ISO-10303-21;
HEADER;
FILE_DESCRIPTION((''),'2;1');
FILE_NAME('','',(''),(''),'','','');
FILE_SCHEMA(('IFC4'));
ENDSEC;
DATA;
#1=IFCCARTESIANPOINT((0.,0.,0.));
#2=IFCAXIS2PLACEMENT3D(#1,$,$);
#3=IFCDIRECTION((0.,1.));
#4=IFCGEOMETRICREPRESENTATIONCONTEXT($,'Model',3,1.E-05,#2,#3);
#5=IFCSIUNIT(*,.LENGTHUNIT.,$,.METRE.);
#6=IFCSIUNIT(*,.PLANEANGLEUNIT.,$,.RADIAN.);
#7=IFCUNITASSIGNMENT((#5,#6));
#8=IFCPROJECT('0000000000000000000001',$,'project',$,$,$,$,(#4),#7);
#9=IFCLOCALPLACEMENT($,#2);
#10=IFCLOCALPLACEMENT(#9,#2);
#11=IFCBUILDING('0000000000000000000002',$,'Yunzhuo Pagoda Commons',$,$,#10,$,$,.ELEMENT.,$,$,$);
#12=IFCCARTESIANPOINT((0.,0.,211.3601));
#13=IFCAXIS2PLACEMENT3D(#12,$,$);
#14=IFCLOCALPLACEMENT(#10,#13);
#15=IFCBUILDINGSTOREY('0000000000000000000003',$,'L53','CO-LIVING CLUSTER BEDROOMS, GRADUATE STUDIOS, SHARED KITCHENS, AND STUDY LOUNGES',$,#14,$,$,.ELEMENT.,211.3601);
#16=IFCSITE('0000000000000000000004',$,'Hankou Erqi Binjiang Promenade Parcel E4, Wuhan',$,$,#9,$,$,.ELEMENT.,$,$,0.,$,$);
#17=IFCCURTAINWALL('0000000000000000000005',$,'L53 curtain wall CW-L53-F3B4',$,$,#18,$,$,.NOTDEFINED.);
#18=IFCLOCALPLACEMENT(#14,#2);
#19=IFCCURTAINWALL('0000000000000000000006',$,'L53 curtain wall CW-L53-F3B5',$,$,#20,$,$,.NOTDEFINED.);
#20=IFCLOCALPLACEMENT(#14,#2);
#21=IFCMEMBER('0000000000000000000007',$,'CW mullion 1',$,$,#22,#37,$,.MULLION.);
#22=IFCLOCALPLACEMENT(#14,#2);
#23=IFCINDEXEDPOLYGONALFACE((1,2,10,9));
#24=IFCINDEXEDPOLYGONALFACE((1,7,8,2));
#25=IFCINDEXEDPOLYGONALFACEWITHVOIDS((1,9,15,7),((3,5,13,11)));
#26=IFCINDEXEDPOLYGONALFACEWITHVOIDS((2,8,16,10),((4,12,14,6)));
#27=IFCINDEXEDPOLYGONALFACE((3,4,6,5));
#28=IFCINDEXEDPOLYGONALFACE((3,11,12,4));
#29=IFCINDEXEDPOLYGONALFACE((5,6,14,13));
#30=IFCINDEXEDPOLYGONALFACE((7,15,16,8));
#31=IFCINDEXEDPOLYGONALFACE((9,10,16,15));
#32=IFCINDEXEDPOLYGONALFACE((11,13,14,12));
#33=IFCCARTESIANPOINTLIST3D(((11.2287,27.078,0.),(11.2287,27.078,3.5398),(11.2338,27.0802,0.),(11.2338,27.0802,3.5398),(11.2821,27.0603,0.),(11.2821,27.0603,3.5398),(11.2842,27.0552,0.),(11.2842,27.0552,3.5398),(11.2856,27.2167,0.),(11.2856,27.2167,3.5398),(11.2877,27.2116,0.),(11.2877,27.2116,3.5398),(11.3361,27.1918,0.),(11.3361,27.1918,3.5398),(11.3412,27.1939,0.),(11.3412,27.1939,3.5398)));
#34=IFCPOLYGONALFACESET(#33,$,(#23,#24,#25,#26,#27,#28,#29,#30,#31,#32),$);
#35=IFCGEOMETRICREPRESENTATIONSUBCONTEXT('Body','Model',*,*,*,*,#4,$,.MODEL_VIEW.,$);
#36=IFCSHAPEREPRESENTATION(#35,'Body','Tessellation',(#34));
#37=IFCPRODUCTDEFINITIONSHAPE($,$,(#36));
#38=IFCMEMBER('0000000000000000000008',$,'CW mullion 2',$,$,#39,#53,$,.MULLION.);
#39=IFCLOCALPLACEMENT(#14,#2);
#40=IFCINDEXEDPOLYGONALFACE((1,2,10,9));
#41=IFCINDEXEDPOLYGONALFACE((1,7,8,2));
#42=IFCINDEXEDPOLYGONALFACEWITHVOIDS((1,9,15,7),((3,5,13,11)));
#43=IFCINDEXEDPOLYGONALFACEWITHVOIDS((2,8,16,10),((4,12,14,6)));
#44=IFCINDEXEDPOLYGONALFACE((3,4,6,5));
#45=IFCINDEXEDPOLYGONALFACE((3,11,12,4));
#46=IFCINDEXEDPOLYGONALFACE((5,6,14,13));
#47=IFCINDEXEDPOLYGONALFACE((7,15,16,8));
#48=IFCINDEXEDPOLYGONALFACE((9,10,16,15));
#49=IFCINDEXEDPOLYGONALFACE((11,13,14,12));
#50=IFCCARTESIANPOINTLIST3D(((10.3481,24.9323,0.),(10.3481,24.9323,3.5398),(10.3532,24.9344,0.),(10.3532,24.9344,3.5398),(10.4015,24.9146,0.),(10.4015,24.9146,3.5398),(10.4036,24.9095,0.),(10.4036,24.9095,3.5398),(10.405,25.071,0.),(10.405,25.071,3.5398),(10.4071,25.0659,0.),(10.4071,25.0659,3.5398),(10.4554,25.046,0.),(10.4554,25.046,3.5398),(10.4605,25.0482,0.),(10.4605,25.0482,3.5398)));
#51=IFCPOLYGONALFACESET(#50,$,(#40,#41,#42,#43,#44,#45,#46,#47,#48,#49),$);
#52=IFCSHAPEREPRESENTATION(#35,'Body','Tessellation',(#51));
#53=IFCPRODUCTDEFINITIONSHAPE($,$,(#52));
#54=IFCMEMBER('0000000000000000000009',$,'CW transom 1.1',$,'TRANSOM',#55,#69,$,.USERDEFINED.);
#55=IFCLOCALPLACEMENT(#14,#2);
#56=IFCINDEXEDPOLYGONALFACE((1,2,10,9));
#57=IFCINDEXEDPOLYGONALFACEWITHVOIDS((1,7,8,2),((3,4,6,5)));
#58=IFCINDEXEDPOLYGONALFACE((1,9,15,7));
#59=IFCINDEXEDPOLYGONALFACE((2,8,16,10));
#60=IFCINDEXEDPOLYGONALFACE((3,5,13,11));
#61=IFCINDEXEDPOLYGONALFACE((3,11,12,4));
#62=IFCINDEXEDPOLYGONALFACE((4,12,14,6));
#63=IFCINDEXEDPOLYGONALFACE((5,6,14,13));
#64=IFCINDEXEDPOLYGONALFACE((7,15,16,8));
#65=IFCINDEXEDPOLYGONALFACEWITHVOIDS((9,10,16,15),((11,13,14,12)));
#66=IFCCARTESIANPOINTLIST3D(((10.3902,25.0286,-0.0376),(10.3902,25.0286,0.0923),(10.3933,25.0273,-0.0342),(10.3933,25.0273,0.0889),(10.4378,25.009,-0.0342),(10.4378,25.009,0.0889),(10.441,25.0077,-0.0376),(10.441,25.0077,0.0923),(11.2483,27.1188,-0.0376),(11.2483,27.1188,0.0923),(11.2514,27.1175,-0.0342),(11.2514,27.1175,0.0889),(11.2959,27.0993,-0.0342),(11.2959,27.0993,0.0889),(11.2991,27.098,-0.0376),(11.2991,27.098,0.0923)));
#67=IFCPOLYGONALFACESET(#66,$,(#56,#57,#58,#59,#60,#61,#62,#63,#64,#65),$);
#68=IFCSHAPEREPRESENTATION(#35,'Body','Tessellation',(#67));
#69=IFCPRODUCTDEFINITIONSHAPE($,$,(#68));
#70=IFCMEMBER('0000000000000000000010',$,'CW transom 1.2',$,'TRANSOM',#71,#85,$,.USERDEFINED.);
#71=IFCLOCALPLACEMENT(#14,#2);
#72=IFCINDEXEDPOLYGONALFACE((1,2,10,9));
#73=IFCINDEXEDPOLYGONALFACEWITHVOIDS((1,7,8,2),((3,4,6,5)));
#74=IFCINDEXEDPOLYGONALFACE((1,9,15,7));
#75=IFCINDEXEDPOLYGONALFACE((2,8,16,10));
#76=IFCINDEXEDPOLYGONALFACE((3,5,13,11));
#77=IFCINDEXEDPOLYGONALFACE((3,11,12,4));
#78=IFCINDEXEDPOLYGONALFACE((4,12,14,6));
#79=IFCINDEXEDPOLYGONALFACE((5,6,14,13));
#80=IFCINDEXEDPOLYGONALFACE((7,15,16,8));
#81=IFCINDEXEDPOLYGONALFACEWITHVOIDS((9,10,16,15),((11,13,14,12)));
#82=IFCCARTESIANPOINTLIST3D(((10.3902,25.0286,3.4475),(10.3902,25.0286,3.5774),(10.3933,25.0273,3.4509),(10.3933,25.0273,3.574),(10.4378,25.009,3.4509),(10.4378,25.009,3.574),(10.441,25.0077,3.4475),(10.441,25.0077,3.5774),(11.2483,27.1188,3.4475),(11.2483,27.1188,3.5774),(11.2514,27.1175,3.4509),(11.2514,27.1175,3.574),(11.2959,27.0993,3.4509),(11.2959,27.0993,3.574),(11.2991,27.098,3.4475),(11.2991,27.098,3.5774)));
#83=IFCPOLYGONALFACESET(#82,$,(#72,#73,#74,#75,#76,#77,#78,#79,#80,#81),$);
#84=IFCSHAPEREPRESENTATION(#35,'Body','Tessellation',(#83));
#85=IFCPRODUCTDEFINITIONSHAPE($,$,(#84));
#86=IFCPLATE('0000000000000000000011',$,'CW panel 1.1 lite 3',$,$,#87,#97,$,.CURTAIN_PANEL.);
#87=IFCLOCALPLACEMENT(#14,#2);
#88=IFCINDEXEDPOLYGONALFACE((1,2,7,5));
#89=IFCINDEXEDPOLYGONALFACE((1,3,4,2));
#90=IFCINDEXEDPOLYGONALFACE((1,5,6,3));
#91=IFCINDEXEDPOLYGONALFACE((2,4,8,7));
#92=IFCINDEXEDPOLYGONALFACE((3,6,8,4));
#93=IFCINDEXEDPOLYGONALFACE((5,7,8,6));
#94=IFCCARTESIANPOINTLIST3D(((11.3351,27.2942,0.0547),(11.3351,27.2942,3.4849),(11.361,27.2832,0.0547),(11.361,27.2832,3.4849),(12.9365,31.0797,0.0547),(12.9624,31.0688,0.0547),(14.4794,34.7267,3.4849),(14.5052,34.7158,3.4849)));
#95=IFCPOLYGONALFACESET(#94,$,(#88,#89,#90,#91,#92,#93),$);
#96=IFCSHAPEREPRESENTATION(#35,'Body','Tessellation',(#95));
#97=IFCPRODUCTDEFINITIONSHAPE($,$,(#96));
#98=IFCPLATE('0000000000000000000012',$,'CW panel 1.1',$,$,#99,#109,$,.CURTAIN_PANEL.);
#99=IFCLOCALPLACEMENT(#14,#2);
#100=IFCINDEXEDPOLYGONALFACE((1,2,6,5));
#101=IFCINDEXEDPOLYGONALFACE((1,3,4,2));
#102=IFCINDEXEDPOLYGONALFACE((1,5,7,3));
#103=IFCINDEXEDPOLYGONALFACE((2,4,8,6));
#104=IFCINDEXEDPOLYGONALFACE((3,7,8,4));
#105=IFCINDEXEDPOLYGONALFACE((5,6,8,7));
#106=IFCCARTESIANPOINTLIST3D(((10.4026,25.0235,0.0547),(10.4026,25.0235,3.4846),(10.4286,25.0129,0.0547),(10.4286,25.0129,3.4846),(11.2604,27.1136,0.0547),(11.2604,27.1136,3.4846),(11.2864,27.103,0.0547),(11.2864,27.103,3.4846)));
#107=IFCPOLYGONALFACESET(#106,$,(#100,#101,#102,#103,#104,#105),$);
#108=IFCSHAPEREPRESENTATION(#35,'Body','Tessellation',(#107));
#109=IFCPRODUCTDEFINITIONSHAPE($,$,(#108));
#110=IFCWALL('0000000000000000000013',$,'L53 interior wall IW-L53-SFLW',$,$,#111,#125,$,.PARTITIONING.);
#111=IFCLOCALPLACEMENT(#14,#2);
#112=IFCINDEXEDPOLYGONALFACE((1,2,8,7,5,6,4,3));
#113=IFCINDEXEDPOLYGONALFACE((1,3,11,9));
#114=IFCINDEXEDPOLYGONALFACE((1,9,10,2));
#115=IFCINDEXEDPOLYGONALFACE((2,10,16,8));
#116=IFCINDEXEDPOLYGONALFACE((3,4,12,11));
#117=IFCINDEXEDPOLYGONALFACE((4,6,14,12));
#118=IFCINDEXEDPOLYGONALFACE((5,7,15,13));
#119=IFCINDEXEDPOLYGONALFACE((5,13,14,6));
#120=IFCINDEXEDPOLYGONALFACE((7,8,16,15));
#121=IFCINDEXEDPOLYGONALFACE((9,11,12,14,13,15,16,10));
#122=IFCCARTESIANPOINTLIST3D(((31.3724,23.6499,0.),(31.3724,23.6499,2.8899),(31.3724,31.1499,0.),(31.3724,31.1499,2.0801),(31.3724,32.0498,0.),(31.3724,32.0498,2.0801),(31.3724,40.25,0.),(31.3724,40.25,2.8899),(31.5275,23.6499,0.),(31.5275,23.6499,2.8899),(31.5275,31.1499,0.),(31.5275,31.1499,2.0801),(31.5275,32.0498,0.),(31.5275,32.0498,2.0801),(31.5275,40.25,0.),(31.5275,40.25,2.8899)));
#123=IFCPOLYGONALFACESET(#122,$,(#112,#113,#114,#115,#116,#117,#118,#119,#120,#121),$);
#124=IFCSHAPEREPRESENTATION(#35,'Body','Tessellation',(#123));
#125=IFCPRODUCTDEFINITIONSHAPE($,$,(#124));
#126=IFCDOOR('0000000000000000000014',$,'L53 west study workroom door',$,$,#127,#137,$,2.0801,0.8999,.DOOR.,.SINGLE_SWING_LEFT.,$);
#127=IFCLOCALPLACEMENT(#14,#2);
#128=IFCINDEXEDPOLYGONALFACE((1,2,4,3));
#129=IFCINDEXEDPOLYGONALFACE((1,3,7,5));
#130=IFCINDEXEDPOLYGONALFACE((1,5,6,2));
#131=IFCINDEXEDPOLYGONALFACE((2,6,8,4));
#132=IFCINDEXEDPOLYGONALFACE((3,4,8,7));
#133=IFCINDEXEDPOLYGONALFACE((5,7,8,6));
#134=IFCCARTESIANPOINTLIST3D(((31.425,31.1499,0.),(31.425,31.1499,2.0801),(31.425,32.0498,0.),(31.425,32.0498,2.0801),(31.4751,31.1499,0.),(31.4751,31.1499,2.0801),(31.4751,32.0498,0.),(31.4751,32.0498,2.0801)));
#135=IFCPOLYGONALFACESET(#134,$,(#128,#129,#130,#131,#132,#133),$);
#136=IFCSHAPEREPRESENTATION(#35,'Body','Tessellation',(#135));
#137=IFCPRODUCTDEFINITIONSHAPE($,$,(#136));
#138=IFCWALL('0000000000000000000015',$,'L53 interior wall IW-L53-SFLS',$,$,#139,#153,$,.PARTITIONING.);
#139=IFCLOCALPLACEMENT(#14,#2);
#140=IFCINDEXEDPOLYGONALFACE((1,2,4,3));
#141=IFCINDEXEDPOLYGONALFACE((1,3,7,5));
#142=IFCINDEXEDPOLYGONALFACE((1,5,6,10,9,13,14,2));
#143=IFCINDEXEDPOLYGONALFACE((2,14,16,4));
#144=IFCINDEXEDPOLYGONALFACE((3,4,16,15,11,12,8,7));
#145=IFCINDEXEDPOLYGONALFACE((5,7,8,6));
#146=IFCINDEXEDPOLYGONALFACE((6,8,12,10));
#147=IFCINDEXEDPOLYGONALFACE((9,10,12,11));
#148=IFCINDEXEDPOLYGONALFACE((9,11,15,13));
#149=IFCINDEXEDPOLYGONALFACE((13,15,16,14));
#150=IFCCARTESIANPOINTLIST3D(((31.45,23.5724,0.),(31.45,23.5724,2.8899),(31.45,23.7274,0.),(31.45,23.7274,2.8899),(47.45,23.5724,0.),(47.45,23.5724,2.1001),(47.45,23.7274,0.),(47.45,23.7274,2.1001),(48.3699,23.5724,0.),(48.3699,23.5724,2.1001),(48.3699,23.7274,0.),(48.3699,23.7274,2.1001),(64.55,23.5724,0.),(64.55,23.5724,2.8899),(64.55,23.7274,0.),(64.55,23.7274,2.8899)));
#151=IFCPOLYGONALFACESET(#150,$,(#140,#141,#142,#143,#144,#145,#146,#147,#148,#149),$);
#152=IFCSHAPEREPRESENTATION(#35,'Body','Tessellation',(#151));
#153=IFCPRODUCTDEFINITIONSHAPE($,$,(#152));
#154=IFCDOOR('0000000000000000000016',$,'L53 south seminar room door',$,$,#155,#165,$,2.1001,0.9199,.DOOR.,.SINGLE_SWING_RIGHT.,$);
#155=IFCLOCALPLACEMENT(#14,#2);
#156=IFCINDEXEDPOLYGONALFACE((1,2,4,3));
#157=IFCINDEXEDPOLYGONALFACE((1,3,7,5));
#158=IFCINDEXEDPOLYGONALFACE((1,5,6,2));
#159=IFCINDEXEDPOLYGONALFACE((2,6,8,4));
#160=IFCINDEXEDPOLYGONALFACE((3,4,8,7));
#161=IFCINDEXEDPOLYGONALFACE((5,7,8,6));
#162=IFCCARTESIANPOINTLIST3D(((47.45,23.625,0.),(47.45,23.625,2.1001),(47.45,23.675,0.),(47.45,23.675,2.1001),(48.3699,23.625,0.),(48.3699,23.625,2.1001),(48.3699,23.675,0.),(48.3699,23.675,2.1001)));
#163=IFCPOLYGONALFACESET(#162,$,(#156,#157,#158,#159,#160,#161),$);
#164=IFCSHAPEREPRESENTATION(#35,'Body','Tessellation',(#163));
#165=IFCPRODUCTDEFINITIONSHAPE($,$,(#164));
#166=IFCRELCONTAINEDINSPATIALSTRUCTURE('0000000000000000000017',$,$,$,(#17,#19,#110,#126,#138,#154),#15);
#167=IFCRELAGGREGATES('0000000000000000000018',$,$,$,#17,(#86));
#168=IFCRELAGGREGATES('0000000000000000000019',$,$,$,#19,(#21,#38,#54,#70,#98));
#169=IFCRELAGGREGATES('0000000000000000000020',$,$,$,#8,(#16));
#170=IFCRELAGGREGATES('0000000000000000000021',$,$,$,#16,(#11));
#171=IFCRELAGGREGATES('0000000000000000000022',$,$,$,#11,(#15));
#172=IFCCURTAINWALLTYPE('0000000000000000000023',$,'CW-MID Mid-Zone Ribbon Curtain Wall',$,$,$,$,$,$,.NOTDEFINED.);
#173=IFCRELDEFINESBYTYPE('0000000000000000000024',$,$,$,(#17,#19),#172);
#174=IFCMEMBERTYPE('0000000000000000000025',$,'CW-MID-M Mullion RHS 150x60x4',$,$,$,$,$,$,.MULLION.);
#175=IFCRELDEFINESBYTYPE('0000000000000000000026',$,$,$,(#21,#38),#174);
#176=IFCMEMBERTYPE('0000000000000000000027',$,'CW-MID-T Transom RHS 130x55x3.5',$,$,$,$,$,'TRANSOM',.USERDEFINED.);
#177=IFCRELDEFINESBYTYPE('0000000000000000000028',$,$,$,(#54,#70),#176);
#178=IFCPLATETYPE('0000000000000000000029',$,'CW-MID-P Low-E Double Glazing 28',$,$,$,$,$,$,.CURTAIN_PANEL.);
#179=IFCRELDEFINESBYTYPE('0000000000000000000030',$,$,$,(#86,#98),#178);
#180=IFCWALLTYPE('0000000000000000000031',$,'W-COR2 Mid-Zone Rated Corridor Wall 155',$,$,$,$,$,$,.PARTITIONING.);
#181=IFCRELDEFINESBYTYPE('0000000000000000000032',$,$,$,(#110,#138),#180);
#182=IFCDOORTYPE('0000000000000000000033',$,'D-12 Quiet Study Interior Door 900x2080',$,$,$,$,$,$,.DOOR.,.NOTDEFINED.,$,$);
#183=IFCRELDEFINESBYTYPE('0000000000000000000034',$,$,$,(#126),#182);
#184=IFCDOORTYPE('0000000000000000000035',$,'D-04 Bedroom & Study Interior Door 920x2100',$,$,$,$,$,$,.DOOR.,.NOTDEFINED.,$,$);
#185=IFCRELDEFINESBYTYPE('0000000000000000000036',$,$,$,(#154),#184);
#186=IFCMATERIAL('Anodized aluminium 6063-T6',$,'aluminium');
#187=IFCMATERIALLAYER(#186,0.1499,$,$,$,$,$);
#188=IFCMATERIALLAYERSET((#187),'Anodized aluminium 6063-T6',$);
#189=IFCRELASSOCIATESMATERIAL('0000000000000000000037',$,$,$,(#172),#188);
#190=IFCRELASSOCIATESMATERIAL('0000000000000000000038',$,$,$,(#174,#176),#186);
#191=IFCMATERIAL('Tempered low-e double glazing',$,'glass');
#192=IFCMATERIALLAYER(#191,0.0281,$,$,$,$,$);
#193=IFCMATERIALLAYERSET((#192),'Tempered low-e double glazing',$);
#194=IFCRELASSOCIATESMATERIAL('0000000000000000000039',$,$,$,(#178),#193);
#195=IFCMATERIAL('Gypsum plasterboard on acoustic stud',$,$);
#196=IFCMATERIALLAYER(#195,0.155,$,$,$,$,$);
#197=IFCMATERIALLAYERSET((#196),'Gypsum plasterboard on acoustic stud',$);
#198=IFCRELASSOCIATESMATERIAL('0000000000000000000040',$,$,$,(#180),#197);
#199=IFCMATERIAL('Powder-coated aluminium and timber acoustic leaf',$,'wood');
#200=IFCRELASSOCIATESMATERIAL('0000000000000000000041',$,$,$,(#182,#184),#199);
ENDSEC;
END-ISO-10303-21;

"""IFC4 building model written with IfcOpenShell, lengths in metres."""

from ifc_helpers import new_model, si_unit, direction, frame, frame_2d, origin, origin_with_axes, origin_2d, place, context, subcontext, project, spatial, polyline, rectangle, hollow_rectangle, outline, extrude, source, transform, mapped, material, layer, layer_set, material_profile, profile_set, type_object, element, fill, aggregate, save


model = new_model("IFC4")

# Units and contexts
model_context = context("Model", 3, precision=1e-05, world=origin(), true_north=direction((0.0, 1.0)))
body_context = subcontext(model_context, "Body", "Model", "MODEL_VIEW")
ifc_project = project(units=[si_unit("LENGTHUNIT", "METRE"), si_unit("PLANEANGLEUNIT", "RADIAN")], contexts=[model_context])

# Site, building, storey
site_placement = place(None, origin())
site = spatial("IfcSite", under=ifc_project, at=site_placement, Name="Hankou Erqi Binjiang Promenade Parcel E4, Wuhan", CompositionType="ELEMENT", RefElevation=0.0)
building_placement = place(site_placement, origin())
building = spatial("IfcBuilding", under=site, at=building_placement, Name="Yunzhuo Pagoda Commons", CompositionType="ELEMENT")
storey_placement = place(building_placement, frame((0.0, 0.0, 211.3601)))
storey = spatial("IfcBuildingStorey", under=building, at=storey_placement, Name="L53", Description="CO-LIVING CLUSTER BEDROOMS, GRADUATE STUDIOS, SHARED KITCHENS, AND STUDY LOUNGES", CompositionType="ELEMENT", Elevation=211.3601)

# Curtain wall
ifc_material_1 = material(Name="Anodized aluminium 6063-T6", Category="aluminium")
ifc_layer_1 = layer(ifc_material_1, 0.1499)
ifc_layer_set_1 = layer_set([ifc_layer_1], Name="Anodized aluminium 6063-T6")
curtain_wall_type = type_object("IfcCurtainWallType", Name="CW-MID Mid-Zone Ribbon Curtain Wall", PredefinedType="NOTDEFINED", material=ifc_layer_set_1)
ifc_material_profile_1 = material_profile(ifc_material_1, hollow_rectangle(XDim=0.0601, YDim=0.1499, WallThickness=0.0039, at=origin_2d()), Name="Anodized aluminium 6063-T6")
ifc_profile_set_1 = profile_set([ifc_material_profile_1], Name="Anodized aluminium 6063-T6")
member_type_1 = type_object("IfcMemberType", Name="CW-MID-M Mullion RHS 150x60x4", PredefinedType="MULLION", material=ifc_profile_set_1)
shared_shape_1 = source(origin(), body_context, "Body", "SweptSolid", [
    extrude(hollow_rectangle(XDim=0.0601, YDim=0.1499, WallThickness=0.0039, at=origin_2d()), origin(), (0.0, 0.0, 1.0), 3.5398),
])
curtain_wall_1_placement = place(storey_placement, origin())
curtain_wall_1 = element("IfcCurtainWall", 1, at=curtain_wall_1_placement, inside=storey, type_object=curtain_wall_type, Name="L53 curtain wall CW-L53-F3B4", PredefinedType="NOTDEFINED")

# Curtain wall, members
curtain_wall_2_placement = place(storey_placement, origin())
curtain_wall_2 = element("IfcCurtainWall", 2, at=curtain_wall_2_placement, inside=storey, type_object=curtain_wall_type, Name="L53 curtain wall CW-L53-F3B5", PredefinedType="NOTDEFINED")
member_1_placement = place(storey_placement, frame((11.2849, 27.136, 0.0), z_axis=(0.0, 0.0, 1.0), x_axis=(0.925118, -0.37968, 0.0)))
member_1 = element("IfcMember", 3, at=member_1_placement, type_object=member_type_1, Name="CW mullion 1", PredefinedType="MULLION", context=body_context, shape_type="MappedRepresentation", body=[
    mapped(shared_shape_1, transform((0.0, 0.0, 0.0), scale=1.0)),
])
member_2_placement = place(storey_placement, frame((10.4043, 24.9902, 0.0), z_axis=(0.0, 0.0, 1.0), x_axis=(0.925118, -0.37968, 0.0)))
member_2 = element("IfcMember", 4, at=member_2_placement, type_object=member_type_1, Name="CW mullion 2", PredefinedType="MULLION", context=body_context, shape_type="MappedRepresentation", body=[
    mapped(shared_shape_1, transform((0.0, 0.0, 0.0), scale=1.0)),
])
ifc_material_profile_2 = material_profile(ifc_material_1, hollow_rectangle(XDim=0.0549, YDim=0.1299, WallThickness=0.0034, at=origin_2d()), Name="Anodized aluminium 6063-T6")
ifc_profile_set_2 = profile_set([ifc_material_profile_2], Name="Anodized aluminium 6063-T6")
member_type_2 = type_object("IfcMemberType", Name="CW-MID-T Transom RHS 130x55x3.5", ElementType="TRANSOM", PredefinedType="USERDEFINED", material=ifc_profile_set_2)
shared_shape_2 = source(origin(), body_context, "Body", "SweptSolid", [
    extrude(hollow_rectangle(XDim=0.0549, YDim=0.1299, WallThickness=0.0034, at=origin_2d()), origin(), (0.0, 0.0, 1.0), 2.2595),
])
member_3_placement = place(storey_placement, frame((11.2737, 27.1084, 0.0273), z_axis=(-0.379777, -0.925078, 0.0), x_axis=(0.925078, -0.379777, 0.0)))
member_3 = element("IfcMember", 5, at=member_3_placement, type_object=member_type_2, Name="CW transom 1.1", ObjectType="TRANSOM", PredefinedType="USERDEFINED", context=body_context, shape_type="MappedRepresentation", body=[
    mapped(shared_shape_2, transform((0.0, 0.0, 0.0), scale=1.0)),
])
member_4_placement = place(storey_placement, frame((11.2737, 27.1084, 3.5125), z_axis=(-0.379777, -0.925078, 0.0), x_axis=(0.925078, -0.379777, 0.0)))
member_4 = element("IfcMember", 6, at=member_4_placement, type_object=member_type_2, Name="CW transom 1.2", ObjectType="TRANSOM", PredefinedType="USERDEFINED", context=body_context, shape_type="MappedRepresentation", body=[
    mapped(shared_shape_2, transform((0.0, 0.0, 0.0), scale=1.0)),
])

# Plates
ifc_material_2 = material(Name="Tempered low-e double glazing", Category="glass")
ifc_layer_2 = layer(ifc_material_2, 0.0281)
ifc_layer_set_2 = layer_set([ifc_layer_2], Name="Tempered low-e double glazing")
plate_type = type_object("IfcPlateType", Name="CW-MID-P Low-E Double Glazing 28", PredefinedType="CURTAIN_PANEL", material=ifc_layer_set_2)
plate_1_placement = place(storey_placement, frame((12.9331, 30.9995, 1.7698), z_axis=(-0.920979, 0.389612, 0.0), x_axis=(-0.389612, -0.920979, 0.0)))
plate_1 = element("IfcPlate", 7, at=plate_1_placement, type_object=plate_type, Name="CW panel 1.1 lite 3", PredefinedType="CURTAIN_PANEL", context=body_context, shape_type="SweptSolid", body=[
    extrude(outline(polyline([(-4.0352, 1.7151), (-0.0752, -1.7151), (4.0352, -1.7151), (4.0352, 1.7151), (-4.0352, 1.7151)])), origin(), (0.0, 0.0, 1.0), 0.0281),
])
aggregate(curtain_wall_1, [plate_1])
shared_shape_3 = source(origin(), body_context, "Body", "SweptSolid", [
    extrude(rectangle(XDim=2.2593, YDim=0.0281, at=origin_2d()), origin(), (0.0, 0.0, 1.0), 3.4299),
])
plate_2_placement = place(storey_placement, frame((10.8445, 26.0632, 0.0547), z_axis=(0.0, 0.0, 1.0), x_axis=(-0.37968, -0.925118, 0.0)))
plate_2 = element("IfcPlate", 8, at=plate_2_placement, type_object=plate_type, Name="CW panel 1.1", PredefinedType="CURTAIN_PANEL", context=body_context, shape_type="MappedRepresentation", body=[
    mapped(shared_shape_3, transform((0.0, 0.0, 0.0), scale=1.0)),
])
aggregate(curtain_wall_2, [member_1, member_2, member_3, member_4, plate_2])

# Walls, openings, doors
ifc_material_3 = material(Name="Gypsum plasterboard on acoustic stud")
ifc_layer_3 = layer(ifc_material_3, 0.155)
ifc_layer_set_3 = layer_set([ifc_layer_3], Name="Gypsum plasterboard on acoustic stud")
wall_type_1 = type_object("IfcWallType", Name="W-COR2 Mid-Zone Rated Corridor Wall 155", PredefinedType="PARTITIONING", material=ifc_layer_set_3)
wall_1_placement = place(storey_placement, frame((31.45, 23.6499, 0.0), z_axis=(0.0, 0.0, 1.0), x_axis=(0.0, 1.0, 0.0)))
wall_1 = element("IfcWall", 9, at=wall_1_placement, inside=storey, type_object=wall_type_1, Name="L53 interior wall IW-L53-SFLW", PredefinedType="PARTITIONING", context=body_context, shape_type="SweptSolid", body=[
    extrude(rectangle(XDim=16.6001, YDim=0.155, at=frame_2d((8.3, 0.0))), origin(), (0.0, 0.0, 1.0), 2.8899),
])
opening_1_placement = place(wall_1_placement, frame((7.5, 0.0, 0.0)))
opening_1 = element("IfcOpeningElement", 10, at=opening_1_placement, cuts=wall_1, PredefinedType="OPENING", context=body_context, shape_type="SweptSolid", body=[
    extrude(rectangle(XDim=0.8999, YDim=2.0801, at=frame_2d((0.45, 1.04))), frame((0.0, 0.0874, 0.0), z_axis=(0.0, -1.0, 0.0), x_axis=(1.0, 0.0, 0.0)), (0.0, 0.0, 1.0), 0.175),
])
ifc_material_4 = material(Name="Powder-coated aluminium and timber acoustic leaf", Category="wood")
door_type_1 = type_object("IfcDoorType", Name="D-12 Quiet Study Interior Door 900x2080", OperationType="NOTDEFINED", PredefinedType="DOOR", material=ifc_material_4)
shared_shape_4 = source(origin(), body_context, "Body", "SweptSolid", [
    extrude(rectangle(XDim=0.8999, YDim=2.0801, at=frame_2d((0.45, 1.04))), frame((0.0, 0.0249, 0.0), z_axis=(0.0, -1.0, 0.0), x_axis=(1.0, 0.0, 0.0)), (0.0, 0.0, 1.0), 0.05),
])
door_1_placement = place(opening_1_placement, origin_with_axes())
door_1 = element("IfcDoor", 11, at=door_1_placement, inside=storey, type_object=door_type_1, Name="L53 west study workroom door", OperationType="SINGLE_SWING_LEFT", OverallHeight=2.0801, OverallWidth=0.8999, PredefinedType="DOOR", context=body_context, shape_type="MappedRepresentation", body=[
    mapped(shared_shape_4, transform((0.0, 0.0, 0.0), scale=1.0)),
])
fill(opening_1, door_1)
wall_2_placement = place(storey_placement, frame((31.45, 23.6499, 0.0), z_axis=(0.0, 0.0, 1.0), x_axis=(1.0, 0.0, 0.0)))
wall_2 = element("IfcWall", 12, at=wall_2_placement, inside=storey, type_object=wall_type_1, Name="L53 interior wall IW-L53-SFLS", PredefinedType="PARTITIONING", context=body_context, shape_type="SweptSolid", body=[
    extrude(rectangle(XDim=33.1001, YDim=0.155, at=frame_2d((16.55, 0.0))), origin(), (0.0, 0.0, 1.0), 2.8899),
])
opening_2_placement = place(wall_2_placement, frame((16.0, 0.0, 0.0)))
opening_2 = element("IfcOpeningElement", 13, at=opening_2_placement, cuts=wall_2, PredefinedType="OPENING", context=body_context, shape_type="SweptSolid", body=[
    extrude(rectangle(XDim=0.9199, YDim=2.1001, at=frame_2d((0.46, 1.05))), frame((0.0, 0.0874, 0.0), z_axis=(0.0, -1.0, 0.0), x_axis=(1.0, 0.0, 0.0)), (0.0, 0.0, 1.0), 0.175),
])
door_type_2 = type_object("IfcDoorType", Name="D-04 Bedroom & Study Interior Door 920x2100", OperationType="NOTDEFINED", PredefinedType="DOOR", material=ifc_material_4)
shared_shape_5 = source(origin(), body_context, "Body", "SweptSolid", [
    extrude(rectangle(XDim=0.9199, YDim=2.1001, at=frame_2d((0.46, 1.05))), frame((0.0, 0.0249, 0.0), z_axis=(0.0, -1.0, 0.0), x_axis=(1.0, 0.0, 0.0)), (0.0, 0.0, 1.0), 0.05),
])
door_2_placement = place(opening_2_placement, frame((0.9199, 0.0, 0.0), z_axis=(0.0, 0.0, 1.0), x_axis=(-1.0, 0.0, 0.0)))
door_2 = element("IfcDoor", 14, at=door_2_placement, inside=storey, type_object=door_type_2, Name="L53 south seminar room door", OperationType="SINGLE_SWING_RIGHT", OverallHeight=2.1001, OverallWidth=0.9199, PredefinedType="DOOR", context=body_context, shape_type="MappedRepresentation", body=[
    mapped(shared_shape_5, transform((0.0, 0.0, 0.0), scale=1.0)),
])
fill(opening_2, door_2)

save(model, "model.ifc")
